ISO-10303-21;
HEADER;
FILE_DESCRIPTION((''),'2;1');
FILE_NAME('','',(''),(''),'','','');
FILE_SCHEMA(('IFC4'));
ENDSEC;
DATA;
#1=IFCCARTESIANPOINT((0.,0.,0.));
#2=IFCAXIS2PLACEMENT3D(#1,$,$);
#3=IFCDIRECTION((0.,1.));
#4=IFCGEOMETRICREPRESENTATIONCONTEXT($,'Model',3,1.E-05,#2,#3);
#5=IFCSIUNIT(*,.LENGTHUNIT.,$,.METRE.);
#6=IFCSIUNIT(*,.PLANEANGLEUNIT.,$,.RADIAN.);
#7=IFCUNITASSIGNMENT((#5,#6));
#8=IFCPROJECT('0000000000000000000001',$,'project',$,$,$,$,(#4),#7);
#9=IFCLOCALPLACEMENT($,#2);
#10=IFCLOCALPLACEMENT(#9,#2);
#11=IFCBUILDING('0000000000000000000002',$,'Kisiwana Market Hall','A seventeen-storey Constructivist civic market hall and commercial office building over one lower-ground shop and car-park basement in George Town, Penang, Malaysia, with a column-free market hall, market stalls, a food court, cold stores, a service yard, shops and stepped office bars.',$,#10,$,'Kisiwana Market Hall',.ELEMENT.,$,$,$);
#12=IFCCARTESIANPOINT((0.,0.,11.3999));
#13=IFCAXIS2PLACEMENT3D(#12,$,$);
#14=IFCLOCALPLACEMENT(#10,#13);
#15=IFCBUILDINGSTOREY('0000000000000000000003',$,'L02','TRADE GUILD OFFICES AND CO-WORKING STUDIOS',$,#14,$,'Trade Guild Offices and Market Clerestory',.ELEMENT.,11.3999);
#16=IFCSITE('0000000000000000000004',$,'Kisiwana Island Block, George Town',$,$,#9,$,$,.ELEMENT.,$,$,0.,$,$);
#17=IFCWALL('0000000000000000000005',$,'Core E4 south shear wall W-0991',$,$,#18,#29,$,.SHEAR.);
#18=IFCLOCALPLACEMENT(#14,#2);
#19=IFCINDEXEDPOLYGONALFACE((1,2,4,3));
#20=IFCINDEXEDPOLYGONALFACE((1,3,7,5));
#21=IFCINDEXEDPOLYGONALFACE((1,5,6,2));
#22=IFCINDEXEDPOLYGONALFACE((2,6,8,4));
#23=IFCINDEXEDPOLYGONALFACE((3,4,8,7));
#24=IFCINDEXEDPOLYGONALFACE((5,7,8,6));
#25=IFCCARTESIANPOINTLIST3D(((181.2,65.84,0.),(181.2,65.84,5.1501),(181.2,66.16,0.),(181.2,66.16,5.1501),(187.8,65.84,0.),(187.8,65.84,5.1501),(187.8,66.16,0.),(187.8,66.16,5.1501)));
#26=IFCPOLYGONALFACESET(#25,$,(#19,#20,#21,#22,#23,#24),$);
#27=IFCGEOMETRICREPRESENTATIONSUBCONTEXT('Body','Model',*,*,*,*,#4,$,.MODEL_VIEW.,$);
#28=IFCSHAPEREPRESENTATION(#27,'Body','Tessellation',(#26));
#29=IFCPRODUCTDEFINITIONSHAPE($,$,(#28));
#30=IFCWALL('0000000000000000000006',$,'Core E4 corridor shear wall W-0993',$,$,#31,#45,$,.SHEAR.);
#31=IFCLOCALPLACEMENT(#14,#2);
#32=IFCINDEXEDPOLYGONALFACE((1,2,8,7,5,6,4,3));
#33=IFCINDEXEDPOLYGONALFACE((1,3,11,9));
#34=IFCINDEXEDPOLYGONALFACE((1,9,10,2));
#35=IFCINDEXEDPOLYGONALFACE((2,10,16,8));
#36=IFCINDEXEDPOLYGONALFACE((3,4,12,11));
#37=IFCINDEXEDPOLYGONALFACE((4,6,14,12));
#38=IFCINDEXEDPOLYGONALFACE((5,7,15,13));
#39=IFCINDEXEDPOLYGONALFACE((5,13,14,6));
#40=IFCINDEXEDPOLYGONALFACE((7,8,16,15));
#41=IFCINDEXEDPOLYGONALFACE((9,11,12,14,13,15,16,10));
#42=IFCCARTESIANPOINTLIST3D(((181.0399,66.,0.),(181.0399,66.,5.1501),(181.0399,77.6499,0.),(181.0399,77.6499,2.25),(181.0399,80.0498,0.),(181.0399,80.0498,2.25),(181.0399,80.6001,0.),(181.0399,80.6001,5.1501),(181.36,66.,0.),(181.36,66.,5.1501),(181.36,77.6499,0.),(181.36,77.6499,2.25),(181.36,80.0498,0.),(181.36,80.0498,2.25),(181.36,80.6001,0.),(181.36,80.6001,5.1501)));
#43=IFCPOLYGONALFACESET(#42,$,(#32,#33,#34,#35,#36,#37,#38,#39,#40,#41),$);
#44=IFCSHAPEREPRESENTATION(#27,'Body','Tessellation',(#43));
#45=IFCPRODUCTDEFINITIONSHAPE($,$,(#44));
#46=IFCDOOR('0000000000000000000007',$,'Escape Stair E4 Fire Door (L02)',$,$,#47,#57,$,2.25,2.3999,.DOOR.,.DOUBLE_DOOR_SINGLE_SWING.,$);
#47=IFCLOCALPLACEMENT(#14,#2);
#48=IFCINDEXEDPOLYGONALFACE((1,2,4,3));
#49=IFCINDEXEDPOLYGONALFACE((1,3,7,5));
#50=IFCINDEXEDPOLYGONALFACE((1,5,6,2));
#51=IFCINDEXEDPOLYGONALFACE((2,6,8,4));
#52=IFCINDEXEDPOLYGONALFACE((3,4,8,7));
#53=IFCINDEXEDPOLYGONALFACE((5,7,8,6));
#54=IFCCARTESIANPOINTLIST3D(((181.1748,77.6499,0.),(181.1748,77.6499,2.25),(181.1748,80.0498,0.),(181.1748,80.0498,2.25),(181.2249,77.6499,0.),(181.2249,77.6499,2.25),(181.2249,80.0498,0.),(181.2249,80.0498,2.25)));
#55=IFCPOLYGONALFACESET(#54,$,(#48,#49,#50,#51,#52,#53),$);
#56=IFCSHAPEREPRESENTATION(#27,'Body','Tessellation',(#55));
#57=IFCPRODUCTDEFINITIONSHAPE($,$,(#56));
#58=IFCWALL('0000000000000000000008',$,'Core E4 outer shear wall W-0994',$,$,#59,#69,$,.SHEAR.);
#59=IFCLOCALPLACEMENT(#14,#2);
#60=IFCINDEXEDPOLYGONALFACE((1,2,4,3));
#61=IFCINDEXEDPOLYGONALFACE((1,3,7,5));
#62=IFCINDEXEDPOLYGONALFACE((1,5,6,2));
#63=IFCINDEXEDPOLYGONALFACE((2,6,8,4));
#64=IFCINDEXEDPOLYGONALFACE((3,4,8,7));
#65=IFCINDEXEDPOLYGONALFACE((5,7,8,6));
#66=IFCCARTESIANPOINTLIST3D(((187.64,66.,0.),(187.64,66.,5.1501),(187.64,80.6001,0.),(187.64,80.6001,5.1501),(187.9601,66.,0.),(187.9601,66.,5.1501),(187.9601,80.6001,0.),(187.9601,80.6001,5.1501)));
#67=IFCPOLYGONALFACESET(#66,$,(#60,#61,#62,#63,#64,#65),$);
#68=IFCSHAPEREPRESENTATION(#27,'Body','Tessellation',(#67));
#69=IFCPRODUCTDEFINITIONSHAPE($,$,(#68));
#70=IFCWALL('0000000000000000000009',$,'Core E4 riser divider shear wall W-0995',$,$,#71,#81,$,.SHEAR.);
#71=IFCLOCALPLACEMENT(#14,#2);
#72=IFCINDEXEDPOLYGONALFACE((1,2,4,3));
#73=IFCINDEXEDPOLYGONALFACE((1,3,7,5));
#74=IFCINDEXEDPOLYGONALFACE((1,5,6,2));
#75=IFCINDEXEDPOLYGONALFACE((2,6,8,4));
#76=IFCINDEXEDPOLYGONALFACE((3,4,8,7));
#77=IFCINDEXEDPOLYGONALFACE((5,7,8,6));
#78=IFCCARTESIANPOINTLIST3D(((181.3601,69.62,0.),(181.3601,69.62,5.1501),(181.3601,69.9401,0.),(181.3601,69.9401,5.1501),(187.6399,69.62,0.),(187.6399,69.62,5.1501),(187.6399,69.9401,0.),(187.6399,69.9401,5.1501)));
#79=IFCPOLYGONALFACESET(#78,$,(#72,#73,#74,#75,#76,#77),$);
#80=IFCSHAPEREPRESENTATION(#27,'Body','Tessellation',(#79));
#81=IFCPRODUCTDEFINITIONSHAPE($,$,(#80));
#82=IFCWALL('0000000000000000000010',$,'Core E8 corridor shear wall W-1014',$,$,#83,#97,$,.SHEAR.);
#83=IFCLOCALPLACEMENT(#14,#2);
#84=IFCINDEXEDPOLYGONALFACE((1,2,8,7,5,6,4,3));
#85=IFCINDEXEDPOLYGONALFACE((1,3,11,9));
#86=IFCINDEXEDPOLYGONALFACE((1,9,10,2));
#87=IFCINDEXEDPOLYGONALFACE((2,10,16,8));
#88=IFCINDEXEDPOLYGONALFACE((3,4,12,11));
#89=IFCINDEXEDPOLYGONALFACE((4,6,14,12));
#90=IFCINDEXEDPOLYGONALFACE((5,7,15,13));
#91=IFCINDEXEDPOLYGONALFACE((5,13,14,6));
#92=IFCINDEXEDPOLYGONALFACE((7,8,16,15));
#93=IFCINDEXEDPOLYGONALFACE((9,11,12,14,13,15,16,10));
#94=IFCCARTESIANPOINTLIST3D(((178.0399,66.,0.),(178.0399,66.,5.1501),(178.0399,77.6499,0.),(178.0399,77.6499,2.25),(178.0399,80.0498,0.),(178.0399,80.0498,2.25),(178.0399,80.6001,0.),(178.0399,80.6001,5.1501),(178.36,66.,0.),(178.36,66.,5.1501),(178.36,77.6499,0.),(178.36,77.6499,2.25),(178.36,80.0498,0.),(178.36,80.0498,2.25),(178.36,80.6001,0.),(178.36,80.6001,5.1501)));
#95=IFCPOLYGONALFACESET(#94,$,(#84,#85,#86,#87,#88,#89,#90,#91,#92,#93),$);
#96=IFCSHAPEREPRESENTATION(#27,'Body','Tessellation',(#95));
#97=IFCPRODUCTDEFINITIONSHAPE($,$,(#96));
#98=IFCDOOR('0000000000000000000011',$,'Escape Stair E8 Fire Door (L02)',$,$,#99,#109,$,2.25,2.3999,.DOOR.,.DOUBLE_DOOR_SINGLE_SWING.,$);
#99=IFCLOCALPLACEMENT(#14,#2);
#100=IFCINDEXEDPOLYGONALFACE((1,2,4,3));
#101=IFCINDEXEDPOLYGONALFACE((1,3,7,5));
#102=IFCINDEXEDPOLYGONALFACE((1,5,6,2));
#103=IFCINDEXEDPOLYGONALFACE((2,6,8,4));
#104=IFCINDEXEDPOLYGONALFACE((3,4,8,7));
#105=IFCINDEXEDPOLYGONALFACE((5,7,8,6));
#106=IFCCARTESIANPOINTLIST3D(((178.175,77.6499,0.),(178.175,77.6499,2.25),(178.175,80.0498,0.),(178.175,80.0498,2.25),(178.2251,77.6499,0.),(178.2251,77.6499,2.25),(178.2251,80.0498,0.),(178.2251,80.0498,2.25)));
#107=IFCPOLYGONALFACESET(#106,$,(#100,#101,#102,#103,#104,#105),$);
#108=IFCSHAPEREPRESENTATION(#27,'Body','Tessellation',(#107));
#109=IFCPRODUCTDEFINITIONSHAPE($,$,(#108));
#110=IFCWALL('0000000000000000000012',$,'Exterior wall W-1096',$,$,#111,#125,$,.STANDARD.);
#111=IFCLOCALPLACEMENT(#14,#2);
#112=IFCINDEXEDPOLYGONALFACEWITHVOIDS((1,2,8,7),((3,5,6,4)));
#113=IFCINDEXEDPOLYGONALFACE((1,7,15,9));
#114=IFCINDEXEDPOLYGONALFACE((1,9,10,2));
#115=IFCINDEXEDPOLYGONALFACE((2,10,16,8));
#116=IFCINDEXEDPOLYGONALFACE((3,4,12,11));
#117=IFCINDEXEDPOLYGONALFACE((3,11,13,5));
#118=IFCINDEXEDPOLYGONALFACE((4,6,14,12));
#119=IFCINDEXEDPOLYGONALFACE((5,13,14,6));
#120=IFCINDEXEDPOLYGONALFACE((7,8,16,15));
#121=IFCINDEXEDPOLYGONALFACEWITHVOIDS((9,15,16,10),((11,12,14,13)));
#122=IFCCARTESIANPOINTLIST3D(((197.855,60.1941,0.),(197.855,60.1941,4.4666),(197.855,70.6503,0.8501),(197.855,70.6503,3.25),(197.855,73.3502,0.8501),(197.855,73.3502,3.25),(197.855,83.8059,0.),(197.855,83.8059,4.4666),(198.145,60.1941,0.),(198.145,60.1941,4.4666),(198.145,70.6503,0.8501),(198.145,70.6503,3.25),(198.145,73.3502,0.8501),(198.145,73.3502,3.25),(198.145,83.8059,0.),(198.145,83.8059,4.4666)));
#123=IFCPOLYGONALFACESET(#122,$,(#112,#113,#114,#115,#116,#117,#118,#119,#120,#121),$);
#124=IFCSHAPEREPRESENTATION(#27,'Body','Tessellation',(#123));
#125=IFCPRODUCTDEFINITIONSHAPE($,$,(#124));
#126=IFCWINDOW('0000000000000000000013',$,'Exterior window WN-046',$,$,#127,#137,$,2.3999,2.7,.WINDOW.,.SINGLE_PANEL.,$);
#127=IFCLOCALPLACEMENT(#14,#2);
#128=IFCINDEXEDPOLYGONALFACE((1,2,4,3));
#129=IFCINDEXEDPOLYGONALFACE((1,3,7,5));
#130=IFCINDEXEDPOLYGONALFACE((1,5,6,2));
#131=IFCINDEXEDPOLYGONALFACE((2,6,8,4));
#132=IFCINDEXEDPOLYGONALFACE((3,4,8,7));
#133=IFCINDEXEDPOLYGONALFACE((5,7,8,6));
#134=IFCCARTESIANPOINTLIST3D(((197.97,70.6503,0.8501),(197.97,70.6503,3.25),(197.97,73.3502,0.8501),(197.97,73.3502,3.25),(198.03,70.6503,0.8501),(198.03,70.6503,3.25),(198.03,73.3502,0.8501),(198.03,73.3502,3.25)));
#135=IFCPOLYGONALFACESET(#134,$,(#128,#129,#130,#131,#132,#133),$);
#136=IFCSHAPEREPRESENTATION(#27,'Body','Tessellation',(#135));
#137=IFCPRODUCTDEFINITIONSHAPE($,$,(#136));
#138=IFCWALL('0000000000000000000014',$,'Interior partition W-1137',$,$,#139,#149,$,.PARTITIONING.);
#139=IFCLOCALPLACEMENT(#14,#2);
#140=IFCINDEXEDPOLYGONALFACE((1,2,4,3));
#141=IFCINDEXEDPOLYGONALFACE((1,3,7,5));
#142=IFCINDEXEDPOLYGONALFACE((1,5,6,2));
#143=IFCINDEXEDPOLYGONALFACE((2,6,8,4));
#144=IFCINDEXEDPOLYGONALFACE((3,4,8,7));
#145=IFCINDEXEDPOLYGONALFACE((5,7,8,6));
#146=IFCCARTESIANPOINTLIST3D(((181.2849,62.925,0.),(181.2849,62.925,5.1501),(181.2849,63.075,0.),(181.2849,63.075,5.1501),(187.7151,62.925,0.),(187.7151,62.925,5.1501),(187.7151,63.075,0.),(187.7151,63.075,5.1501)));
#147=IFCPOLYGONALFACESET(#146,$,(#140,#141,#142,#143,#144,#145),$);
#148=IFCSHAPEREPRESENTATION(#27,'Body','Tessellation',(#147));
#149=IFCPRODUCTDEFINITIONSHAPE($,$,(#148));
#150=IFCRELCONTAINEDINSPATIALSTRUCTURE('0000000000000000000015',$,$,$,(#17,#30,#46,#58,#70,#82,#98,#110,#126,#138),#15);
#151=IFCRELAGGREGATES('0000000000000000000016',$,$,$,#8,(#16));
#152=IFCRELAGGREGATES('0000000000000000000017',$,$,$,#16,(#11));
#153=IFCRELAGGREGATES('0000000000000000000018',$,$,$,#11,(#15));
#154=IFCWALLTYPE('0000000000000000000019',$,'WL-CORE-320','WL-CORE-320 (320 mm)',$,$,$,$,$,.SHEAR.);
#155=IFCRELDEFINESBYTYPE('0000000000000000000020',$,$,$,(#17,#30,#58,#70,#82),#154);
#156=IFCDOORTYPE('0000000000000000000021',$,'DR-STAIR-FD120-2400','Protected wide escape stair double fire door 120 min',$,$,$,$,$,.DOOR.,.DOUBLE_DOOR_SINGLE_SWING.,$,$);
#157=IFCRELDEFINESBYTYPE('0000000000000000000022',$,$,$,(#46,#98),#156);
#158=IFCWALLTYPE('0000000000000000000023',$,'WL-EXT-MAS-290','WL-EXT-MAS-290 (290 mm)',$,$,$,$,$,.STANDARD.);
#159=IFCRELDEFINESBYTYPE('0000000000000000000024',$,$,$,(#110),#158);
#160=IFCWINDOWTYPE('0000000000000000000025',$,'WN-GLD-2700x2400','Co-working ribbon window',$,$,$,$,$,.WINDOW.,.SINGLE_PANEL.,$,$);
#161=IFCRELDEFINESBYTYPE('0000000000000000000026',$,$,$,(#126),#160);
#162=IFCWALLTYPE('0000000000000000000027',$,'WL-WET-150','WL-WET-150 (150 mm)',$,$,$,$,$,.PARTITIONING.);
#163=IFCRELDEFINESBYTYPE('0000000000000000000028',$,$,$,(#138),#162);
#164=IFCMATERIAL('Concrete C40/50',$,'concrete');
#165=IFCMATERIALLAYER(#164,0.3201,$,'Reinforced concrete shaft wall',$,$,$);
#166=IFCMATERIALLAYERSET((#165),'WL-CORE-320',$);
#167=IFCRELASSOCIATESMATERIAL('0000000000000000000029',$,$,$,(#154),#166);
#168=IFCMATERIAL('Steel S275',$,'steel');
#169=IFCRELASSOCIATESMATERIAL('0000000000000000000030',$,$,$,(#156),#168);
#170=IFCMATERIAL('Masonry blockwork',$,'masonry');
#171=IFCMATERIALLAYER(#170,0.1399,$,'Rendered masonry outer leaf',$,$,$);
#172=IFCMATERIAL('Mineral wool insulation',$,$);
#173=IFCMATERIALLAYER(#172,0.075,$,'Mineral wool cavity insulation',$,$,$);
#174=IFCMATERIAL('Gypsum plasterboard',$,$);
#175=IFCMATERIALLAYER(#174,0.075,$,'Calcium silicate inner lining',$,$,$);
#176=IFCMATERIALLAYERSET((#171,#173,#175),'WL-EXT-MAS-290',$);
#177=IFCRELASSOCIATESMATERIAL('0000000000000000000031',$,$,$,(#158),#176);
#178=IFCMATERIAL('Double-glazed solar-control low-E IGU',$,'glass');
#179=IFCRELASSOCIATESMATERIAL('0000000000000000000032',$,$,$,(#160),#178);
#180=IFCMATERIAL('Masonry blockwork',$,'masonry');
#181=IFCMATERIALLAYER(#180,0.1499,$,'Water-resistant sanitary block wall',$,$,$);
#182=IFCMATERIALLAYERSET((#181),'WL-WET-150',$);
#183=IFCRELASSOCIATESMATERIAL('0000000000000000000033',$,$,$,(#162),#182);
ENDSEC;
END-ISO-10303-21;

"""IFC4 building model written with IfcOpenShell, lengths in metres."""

from ifc_helpers import new_model, si_unit, direction, frame, frame_2d, origin, place, context, subcontext, project, spatial, rectangle, extrude, material, layer, layer_set, type_object, element, fill, save


model = new_model("IFC4")

# Units and contexts
model_context = context("Model", 3, precision=1e-05, world=origin(), true_north=direction((0.0, 1.0)))
body_context = subcontext(model_context, "Body", "Model", "MODEL_VIEW")
ifc_project = project(units=[si_unit("LENGTHUNIT", "METRE"), si_unit("PLANEANGLEUNIT", "RADIAN")], contexts=[model_context])

# Site, building, storey
site_placement = place(None, origin())
site = spatial("IfcSite", under=ifc_project, at=site_placement, Name="Kisiwana Island Block, George Town", CompositionType="ELEMENT", RefElevation=0.0)
building_placement = place(site_placement, origin())
building = spatial("IfcBuilding", under=site, at=building_placement, Name="Kisiwana Market Hall", Description="A seventeen-storey Constructivist civic market hall and commercial office building over one lower-ground shop and car-park basement in George Town, Penang, Malaysia, with a column-free market hall, market stalls, a food court, cold stores, a service yard, shops and stepped office bars.", LongName="Kisiwana Market Hall", CompositionType="ELEMENT")
storey_placement = place(building_placement, frame((0.0, 0.0, 11.3999)))
storey = spatial("IfcBuildingStorey", under=building, at=storey_placement, Name="L02", Description="TRADE GUILD OFFICES AND CO-WORKING STUDIOS", LongName="Trade Guild Offices and Market Clerestory", CompositionType="ELEMENT", Elevation=11.3999)

# Wall
ifc_material_1 = material(Name="Concrete C40/50", Category="concrete")
ifc_layer_1 = layer(ifc_material_1, 0.3201, Name="Reinforced concrete shaft wall")
ifc_layer_set_1 = layer_set([ifc_layer_1], Name="WL-CORE-320")
wall_type_1 = type_object("IfcWallType", Name="WL-CORE-320", Description="WL-CORE-320 (320 mm)", PredefinedType="SHEAR", material=ifc_layer_set_1)
wall_1_placement = place(storey_placement, frame((181.2, 66.0, 0.0), z_axis=(0.0, 0.0, 1.0), x_axis=(1.0, 0.0, 0.0)))
element("IfcWall", 1, at=wall_1_placement, inside=storey, type_object=wall_type_1, Name="Core E4 south shear wall W-0991", PredefinedType="SHEAR", context=body_context, shape_type="SweptSolid", body=[
    extrude(rectangle(XDim=6.6001, YDim=0.3201, at=frame_2d((3.3, 0.0))), origin(), (0.0, 0.0, 1.0), 5.1501),
])

# Wall, opening, door
wall_2_placement = place(storey_placement, frame((181.2, 66.0, 0.0), z_axis=(0.0, 0.0, 1.0), x_axis=(0.0, 1.0, 0.0)))
wall_2 = element("IfcWall", 2, at=wall_2_placement, inside=storey, type_object=wall_type_1, Name="Core E4 corridor shear wall W-0993", PredefinedType="SHEAR", context=body_context, shape_type="SweptSolid", body=[
    extrude(rectangle(XDim=14.6001, YDim=0.3201, at=frame_2d((7.3, 0.0))), origin(), (0.0, 0.0, 1.0), 5.1501),
])
opening_1_placement = place(wall_2_placement, frame((11.6499, 0.0, 0.0)))
opening_1 = element("IfcOpeningElement", 3, at=opening_1_placement, cuts=wall_2, PredefinedType="OPENING", context=body_context, shape_type="SweptSolid", body=[
    extrude(rectangle(XDim=2.3999, YDim=2.25, at=frame_2d((1.2, 1.125))), frame((0.0, 0.1719, 0.0), z_axis=(0.0, -1.0, 0.0), x_axis=(1.0, 0.0, 0.0)), (0.0, 0.0, 1.0), 0.344),
])
ifc_material_2 = material(Name="Steel S275", Category="steel")
door_type = type_object("IfcDoorType", Name="DR-STAIR-FD120-2400", Description="Protected wide escape stair double fire door 120 min", OperationType="DOUBLE_DOOR_SINGLE_SWING", PredefinedType="DOOR", material=ifc_material_2)
door_1_placement = place(opening_1_placement, frame((2.3999, 0.0, 0.0), z_axis=(0.0, 0.0, 1.0), x_axis=(-1.0, 0.0, 0.0)))
door_1 = element("IfcDoor", 4, at=door_1_placement, inside=storey, type_object=door_type, Name="Escape Stair E4 Fire Door (L02)", OperationType="DOUBLE_DOOR_SINGLE_SWING", OverallHeight=2.25, OverallWidth=2.3999, PredefinedType="DOOR", context=body_context, shape_type="SweptSolid", body=[
    extrude(rectangle(XDim=2.3999, YDim=2.25, at=frame_2d((1.2, 1.125))), frame((0.0, 0.0249, 0.0), z_axis=(0.0, -1.0, 0.0), x_axis=(1.0, 0.0, 0.0)), (0.0, 0.0, 1.0), 0.05),
])
fill(opening_1, door_1)

# Walls
wall_3_placement = place(storey_placement, frame((187.8, 66.0, 0.0), z_axis=(0.0, 0.0, 1.0), x_axis=(0.0, 1.0, 0.0)))
element("IfcWall", 5, at=wall_3_placement, inside=storey, type_object=wall_type_1, Name="Core E4 outer shear wall W-0994", PredefinedType="SHEAR", context=body_context, shape_type="SweptSolid", body=[
    extrude(rectangle(XDim=14.6001, YDim=0.3201, at=frame_2d((7.3, 0.0))), origin(), (0.0, 0.0, 1.0), 5.1501),
])
wall_4_placement = place(storey_placement, frame((181.3601, 69.78, 0.0), z_axis=(0.0, 0.0, 1.0), x_axis=(1.0, 0.0, 0.0)))
element("IfcWall", 6, at=wall_4_placement, inside=storey, type_object=wall_type_1, Name="Core E4 riser divider shear wall W-0995", PredefinedType="SHEAR", context=body_context, shape_type="SweptSolid", body=[
    extrude(rectangle(XDim=6.2798, YDim=0.3201, at=frame_2d((3.1399, 0.0))), origin(), (0.0, 0.0, 1.0), 5.1501),
])

# Wall, opening, door
wall_5_placement = place(storey_placement, frame((178.2, 66.0, 0.0), z_axis=(0.0, 0.0, 1.0), x_axis=(0.0, 1.0, 0.0)))
wall_5 = element("IfcWall", 7, at=wall_5_placement, inside=storey, type_object=wall_type_1, Name="Core E8 corridor shear wall W-1014", PredefinedType="SHEAR", context=body_context, shape_type="SweptSolid", body=[
    extrude(rectangle(XDim=14.6001, YDim=0.3201, at=frame_2d((7.3, 0.0))), origin(), (0.0, 0.0, 1.0), 5.1501),
])
opening_2_placement = place(wall_5_placement, frame((11.6499, 0.0, 0.0)))
opening_2 = element("IfcOpeningElement", 8, at=opening_2_placement, cuts=wall_5, PredefinedType="OPENING", context=body_context, shape_type="SweptSolid", body=[
    extrude(rectangle(XDim=2.3999, YDim=2.25, at=frame_2d((1.2, 1.125))), frame((0.0, 0.1719, 0.0), z_axis=(0.0, -1.0, 0.0), x_axis=(1.0, 0.0, 0.0)), (0.0, 0.0, 1.0), 0.344),
])
door_2_placement = place(opening_2_placement, origin())
door_2 = element("IfcDoor", 9, at=door_2_placement, inside=storey, type_object=door_type, Name="Escape Stair E8 Fire Door (L02)", OperationType="DOUBLE_DOOR_SINGLE_SWING", OverallHeight=2.25, OverallWidth=2.3999, PredefinedType="DOOR", context=body_context, shape_type="SweptSolid", body=[
    extrude(rectangle(XDim=2.3999, YDim=2.25, at=frame_2d((1.2, 1.125))), frame((0.0, 0.0249, 0.0), z_axis=(0.0, -1.0, 0.0), x_axis=(1.0, 0.0, 0.0)), (0.0, 0.0, 1.0), 0.05),
])
fill(opening_2, door_2)

# Wall, opening, window
ifc_material_3 = material(Name="Masonry blockwork", Category="masonry")
ifc_layer_2 = layer(ifc_material_3, 0.1399, Name="Rendered masonry outer leaf")
ifc_material_4 = material(Name="Mineral wool insulation")
ifc_layer_3 = layer(ifc_material_4, 0.075, Name="Mineral wool cavity insulation")
ifc_material_5 = material(Name="Gypsum plasterboard")
ifc_layer_4 = layer(ifc_material_5, 0.075, Name="Calcium silicate inner lining")
ifc_layer_set_2 = layer_set([ifc_layer_2, ifc_layer_3, ifc_layer_4], Name="WL-EXT-MAS-290")
wall_type_2 = type_object("IfcWallType", Name="WL-EXT-MAS-290", Description="WL-EXT-MAS-290 (290 mm)", PredefinedType="STANDARD", material=ifc_layer_set_2)
wall_6_placement = place(storey_placement, frame((198.0, 60.1941, 0.0), z_axis=(0.0, 0.0, 1.0), x_axis=(0.0, 1.0, 0.0)))
wall_6 = element("IfcWall", 10, at=wall_6_placement, inside=storey, type_object=wall_type_2, Name="Exterior wall W-1096", PredefinedType="STANDARD", context=body_context, shape_type="SweptSolid", body=[
    extrude(rectangle(XDim=23.6118, YDim=0.29, at=frame_2d((11.8059, 0.0))), origin(), (0.0, 0.0, 1.0), 4.4666),
])
opening_3_placement = place(wall_6_placement, frame((10.4561, 0.0, 0.8501)))
opening_3 = element("IfcOpeningElement", 11, at=opening_3_placement, cuts=wall_6, PredefinedType="OPENING", context=body_context, shape_type="SweptSolid", body=[
    extrude(rectangle(XDim=2.7, YDim=2.3999, at=frame_2d((1.3501, 1.2))), frame((0.0, 0.157, 0.0), z_axis=(0.0, -1.0, 0.0), x_axis=(1.0, 0.0, 0.0)), (0.0, 0.0, 1.0), 0.314),
])
ifc_material_6 = material(Name="Double-glazed solar-control low-E IGU", Category="glass")
window_type = type_object("IfcWindowType", Name="WN-GLD-2700x2400", Description="Co-working ribbon window", PartitioningType="SINGLE_PANEL", PredefinedType="WINDOW", material=ifc_material_6)
window_placement = place(opening_3_placement, origin())
window = element("IfcWindow", 12, at=window_placement, inside=storey, type_object=window_type, Name="Exterior window WN-046", OverallHeight=2.3999, OverallWidth=2.7, PartitioningType="SINGLE_PANEL", PredefinedType="WINDOW", context=body_context, shape_type="SweptSolid", body=[
    extrude(rectangle(XDim=2.7, YDim=2.3999, at=frame_2d((1.3501, 1.2))), frame((0.0, 0.03, 0.0), z_axis=(0.0, -1.0, 0.0), x_axis=(1.0, 0.0, 0.0)), (0.0, 0.0, 1.0), 0.0601),
])
fill(opening_3, window)

# Wall
ifc_material_7 = material(Name="Masonry blockwork", Category="masonry")
ifc_layer_5 = layer(ifc_material_7, 0.1499, Name="Water-resistant sanitary block wall")
ifc_layer_set_3 = layer_set([ifc_layer_5], Name="WL-WET-150")
wall_type_3 = type_object("IfcWallType", Name="WL-WET-150", Description="WL-WET-150 (150 mm)", PredefinedType="PARTITIONING", material=ifc_layer_set_3)
wall_7_placement = place(storey_placement, frame((181.2849, 63.0, 0.0), z_axis=(0.0, 0.0, 1.0), x_axis=(1.0, 0.0, 0.0)))
element("IfcWall", 13, at=wall_7_placement, inside=storey, type_object=wall_type_3, Name="Interior partition W-1137", PredefinedType="PARTITIONING", context=body_context, shape_type="SweptSolid", body=[
    extrude(rectangle(XDim=6.4302, YDim=0.1499, at=frame_2d((3.2151, 0.0))), origin(), (0.0, 0.0, 1.0), 5.1501),
])

save(model, "model.ifc")
